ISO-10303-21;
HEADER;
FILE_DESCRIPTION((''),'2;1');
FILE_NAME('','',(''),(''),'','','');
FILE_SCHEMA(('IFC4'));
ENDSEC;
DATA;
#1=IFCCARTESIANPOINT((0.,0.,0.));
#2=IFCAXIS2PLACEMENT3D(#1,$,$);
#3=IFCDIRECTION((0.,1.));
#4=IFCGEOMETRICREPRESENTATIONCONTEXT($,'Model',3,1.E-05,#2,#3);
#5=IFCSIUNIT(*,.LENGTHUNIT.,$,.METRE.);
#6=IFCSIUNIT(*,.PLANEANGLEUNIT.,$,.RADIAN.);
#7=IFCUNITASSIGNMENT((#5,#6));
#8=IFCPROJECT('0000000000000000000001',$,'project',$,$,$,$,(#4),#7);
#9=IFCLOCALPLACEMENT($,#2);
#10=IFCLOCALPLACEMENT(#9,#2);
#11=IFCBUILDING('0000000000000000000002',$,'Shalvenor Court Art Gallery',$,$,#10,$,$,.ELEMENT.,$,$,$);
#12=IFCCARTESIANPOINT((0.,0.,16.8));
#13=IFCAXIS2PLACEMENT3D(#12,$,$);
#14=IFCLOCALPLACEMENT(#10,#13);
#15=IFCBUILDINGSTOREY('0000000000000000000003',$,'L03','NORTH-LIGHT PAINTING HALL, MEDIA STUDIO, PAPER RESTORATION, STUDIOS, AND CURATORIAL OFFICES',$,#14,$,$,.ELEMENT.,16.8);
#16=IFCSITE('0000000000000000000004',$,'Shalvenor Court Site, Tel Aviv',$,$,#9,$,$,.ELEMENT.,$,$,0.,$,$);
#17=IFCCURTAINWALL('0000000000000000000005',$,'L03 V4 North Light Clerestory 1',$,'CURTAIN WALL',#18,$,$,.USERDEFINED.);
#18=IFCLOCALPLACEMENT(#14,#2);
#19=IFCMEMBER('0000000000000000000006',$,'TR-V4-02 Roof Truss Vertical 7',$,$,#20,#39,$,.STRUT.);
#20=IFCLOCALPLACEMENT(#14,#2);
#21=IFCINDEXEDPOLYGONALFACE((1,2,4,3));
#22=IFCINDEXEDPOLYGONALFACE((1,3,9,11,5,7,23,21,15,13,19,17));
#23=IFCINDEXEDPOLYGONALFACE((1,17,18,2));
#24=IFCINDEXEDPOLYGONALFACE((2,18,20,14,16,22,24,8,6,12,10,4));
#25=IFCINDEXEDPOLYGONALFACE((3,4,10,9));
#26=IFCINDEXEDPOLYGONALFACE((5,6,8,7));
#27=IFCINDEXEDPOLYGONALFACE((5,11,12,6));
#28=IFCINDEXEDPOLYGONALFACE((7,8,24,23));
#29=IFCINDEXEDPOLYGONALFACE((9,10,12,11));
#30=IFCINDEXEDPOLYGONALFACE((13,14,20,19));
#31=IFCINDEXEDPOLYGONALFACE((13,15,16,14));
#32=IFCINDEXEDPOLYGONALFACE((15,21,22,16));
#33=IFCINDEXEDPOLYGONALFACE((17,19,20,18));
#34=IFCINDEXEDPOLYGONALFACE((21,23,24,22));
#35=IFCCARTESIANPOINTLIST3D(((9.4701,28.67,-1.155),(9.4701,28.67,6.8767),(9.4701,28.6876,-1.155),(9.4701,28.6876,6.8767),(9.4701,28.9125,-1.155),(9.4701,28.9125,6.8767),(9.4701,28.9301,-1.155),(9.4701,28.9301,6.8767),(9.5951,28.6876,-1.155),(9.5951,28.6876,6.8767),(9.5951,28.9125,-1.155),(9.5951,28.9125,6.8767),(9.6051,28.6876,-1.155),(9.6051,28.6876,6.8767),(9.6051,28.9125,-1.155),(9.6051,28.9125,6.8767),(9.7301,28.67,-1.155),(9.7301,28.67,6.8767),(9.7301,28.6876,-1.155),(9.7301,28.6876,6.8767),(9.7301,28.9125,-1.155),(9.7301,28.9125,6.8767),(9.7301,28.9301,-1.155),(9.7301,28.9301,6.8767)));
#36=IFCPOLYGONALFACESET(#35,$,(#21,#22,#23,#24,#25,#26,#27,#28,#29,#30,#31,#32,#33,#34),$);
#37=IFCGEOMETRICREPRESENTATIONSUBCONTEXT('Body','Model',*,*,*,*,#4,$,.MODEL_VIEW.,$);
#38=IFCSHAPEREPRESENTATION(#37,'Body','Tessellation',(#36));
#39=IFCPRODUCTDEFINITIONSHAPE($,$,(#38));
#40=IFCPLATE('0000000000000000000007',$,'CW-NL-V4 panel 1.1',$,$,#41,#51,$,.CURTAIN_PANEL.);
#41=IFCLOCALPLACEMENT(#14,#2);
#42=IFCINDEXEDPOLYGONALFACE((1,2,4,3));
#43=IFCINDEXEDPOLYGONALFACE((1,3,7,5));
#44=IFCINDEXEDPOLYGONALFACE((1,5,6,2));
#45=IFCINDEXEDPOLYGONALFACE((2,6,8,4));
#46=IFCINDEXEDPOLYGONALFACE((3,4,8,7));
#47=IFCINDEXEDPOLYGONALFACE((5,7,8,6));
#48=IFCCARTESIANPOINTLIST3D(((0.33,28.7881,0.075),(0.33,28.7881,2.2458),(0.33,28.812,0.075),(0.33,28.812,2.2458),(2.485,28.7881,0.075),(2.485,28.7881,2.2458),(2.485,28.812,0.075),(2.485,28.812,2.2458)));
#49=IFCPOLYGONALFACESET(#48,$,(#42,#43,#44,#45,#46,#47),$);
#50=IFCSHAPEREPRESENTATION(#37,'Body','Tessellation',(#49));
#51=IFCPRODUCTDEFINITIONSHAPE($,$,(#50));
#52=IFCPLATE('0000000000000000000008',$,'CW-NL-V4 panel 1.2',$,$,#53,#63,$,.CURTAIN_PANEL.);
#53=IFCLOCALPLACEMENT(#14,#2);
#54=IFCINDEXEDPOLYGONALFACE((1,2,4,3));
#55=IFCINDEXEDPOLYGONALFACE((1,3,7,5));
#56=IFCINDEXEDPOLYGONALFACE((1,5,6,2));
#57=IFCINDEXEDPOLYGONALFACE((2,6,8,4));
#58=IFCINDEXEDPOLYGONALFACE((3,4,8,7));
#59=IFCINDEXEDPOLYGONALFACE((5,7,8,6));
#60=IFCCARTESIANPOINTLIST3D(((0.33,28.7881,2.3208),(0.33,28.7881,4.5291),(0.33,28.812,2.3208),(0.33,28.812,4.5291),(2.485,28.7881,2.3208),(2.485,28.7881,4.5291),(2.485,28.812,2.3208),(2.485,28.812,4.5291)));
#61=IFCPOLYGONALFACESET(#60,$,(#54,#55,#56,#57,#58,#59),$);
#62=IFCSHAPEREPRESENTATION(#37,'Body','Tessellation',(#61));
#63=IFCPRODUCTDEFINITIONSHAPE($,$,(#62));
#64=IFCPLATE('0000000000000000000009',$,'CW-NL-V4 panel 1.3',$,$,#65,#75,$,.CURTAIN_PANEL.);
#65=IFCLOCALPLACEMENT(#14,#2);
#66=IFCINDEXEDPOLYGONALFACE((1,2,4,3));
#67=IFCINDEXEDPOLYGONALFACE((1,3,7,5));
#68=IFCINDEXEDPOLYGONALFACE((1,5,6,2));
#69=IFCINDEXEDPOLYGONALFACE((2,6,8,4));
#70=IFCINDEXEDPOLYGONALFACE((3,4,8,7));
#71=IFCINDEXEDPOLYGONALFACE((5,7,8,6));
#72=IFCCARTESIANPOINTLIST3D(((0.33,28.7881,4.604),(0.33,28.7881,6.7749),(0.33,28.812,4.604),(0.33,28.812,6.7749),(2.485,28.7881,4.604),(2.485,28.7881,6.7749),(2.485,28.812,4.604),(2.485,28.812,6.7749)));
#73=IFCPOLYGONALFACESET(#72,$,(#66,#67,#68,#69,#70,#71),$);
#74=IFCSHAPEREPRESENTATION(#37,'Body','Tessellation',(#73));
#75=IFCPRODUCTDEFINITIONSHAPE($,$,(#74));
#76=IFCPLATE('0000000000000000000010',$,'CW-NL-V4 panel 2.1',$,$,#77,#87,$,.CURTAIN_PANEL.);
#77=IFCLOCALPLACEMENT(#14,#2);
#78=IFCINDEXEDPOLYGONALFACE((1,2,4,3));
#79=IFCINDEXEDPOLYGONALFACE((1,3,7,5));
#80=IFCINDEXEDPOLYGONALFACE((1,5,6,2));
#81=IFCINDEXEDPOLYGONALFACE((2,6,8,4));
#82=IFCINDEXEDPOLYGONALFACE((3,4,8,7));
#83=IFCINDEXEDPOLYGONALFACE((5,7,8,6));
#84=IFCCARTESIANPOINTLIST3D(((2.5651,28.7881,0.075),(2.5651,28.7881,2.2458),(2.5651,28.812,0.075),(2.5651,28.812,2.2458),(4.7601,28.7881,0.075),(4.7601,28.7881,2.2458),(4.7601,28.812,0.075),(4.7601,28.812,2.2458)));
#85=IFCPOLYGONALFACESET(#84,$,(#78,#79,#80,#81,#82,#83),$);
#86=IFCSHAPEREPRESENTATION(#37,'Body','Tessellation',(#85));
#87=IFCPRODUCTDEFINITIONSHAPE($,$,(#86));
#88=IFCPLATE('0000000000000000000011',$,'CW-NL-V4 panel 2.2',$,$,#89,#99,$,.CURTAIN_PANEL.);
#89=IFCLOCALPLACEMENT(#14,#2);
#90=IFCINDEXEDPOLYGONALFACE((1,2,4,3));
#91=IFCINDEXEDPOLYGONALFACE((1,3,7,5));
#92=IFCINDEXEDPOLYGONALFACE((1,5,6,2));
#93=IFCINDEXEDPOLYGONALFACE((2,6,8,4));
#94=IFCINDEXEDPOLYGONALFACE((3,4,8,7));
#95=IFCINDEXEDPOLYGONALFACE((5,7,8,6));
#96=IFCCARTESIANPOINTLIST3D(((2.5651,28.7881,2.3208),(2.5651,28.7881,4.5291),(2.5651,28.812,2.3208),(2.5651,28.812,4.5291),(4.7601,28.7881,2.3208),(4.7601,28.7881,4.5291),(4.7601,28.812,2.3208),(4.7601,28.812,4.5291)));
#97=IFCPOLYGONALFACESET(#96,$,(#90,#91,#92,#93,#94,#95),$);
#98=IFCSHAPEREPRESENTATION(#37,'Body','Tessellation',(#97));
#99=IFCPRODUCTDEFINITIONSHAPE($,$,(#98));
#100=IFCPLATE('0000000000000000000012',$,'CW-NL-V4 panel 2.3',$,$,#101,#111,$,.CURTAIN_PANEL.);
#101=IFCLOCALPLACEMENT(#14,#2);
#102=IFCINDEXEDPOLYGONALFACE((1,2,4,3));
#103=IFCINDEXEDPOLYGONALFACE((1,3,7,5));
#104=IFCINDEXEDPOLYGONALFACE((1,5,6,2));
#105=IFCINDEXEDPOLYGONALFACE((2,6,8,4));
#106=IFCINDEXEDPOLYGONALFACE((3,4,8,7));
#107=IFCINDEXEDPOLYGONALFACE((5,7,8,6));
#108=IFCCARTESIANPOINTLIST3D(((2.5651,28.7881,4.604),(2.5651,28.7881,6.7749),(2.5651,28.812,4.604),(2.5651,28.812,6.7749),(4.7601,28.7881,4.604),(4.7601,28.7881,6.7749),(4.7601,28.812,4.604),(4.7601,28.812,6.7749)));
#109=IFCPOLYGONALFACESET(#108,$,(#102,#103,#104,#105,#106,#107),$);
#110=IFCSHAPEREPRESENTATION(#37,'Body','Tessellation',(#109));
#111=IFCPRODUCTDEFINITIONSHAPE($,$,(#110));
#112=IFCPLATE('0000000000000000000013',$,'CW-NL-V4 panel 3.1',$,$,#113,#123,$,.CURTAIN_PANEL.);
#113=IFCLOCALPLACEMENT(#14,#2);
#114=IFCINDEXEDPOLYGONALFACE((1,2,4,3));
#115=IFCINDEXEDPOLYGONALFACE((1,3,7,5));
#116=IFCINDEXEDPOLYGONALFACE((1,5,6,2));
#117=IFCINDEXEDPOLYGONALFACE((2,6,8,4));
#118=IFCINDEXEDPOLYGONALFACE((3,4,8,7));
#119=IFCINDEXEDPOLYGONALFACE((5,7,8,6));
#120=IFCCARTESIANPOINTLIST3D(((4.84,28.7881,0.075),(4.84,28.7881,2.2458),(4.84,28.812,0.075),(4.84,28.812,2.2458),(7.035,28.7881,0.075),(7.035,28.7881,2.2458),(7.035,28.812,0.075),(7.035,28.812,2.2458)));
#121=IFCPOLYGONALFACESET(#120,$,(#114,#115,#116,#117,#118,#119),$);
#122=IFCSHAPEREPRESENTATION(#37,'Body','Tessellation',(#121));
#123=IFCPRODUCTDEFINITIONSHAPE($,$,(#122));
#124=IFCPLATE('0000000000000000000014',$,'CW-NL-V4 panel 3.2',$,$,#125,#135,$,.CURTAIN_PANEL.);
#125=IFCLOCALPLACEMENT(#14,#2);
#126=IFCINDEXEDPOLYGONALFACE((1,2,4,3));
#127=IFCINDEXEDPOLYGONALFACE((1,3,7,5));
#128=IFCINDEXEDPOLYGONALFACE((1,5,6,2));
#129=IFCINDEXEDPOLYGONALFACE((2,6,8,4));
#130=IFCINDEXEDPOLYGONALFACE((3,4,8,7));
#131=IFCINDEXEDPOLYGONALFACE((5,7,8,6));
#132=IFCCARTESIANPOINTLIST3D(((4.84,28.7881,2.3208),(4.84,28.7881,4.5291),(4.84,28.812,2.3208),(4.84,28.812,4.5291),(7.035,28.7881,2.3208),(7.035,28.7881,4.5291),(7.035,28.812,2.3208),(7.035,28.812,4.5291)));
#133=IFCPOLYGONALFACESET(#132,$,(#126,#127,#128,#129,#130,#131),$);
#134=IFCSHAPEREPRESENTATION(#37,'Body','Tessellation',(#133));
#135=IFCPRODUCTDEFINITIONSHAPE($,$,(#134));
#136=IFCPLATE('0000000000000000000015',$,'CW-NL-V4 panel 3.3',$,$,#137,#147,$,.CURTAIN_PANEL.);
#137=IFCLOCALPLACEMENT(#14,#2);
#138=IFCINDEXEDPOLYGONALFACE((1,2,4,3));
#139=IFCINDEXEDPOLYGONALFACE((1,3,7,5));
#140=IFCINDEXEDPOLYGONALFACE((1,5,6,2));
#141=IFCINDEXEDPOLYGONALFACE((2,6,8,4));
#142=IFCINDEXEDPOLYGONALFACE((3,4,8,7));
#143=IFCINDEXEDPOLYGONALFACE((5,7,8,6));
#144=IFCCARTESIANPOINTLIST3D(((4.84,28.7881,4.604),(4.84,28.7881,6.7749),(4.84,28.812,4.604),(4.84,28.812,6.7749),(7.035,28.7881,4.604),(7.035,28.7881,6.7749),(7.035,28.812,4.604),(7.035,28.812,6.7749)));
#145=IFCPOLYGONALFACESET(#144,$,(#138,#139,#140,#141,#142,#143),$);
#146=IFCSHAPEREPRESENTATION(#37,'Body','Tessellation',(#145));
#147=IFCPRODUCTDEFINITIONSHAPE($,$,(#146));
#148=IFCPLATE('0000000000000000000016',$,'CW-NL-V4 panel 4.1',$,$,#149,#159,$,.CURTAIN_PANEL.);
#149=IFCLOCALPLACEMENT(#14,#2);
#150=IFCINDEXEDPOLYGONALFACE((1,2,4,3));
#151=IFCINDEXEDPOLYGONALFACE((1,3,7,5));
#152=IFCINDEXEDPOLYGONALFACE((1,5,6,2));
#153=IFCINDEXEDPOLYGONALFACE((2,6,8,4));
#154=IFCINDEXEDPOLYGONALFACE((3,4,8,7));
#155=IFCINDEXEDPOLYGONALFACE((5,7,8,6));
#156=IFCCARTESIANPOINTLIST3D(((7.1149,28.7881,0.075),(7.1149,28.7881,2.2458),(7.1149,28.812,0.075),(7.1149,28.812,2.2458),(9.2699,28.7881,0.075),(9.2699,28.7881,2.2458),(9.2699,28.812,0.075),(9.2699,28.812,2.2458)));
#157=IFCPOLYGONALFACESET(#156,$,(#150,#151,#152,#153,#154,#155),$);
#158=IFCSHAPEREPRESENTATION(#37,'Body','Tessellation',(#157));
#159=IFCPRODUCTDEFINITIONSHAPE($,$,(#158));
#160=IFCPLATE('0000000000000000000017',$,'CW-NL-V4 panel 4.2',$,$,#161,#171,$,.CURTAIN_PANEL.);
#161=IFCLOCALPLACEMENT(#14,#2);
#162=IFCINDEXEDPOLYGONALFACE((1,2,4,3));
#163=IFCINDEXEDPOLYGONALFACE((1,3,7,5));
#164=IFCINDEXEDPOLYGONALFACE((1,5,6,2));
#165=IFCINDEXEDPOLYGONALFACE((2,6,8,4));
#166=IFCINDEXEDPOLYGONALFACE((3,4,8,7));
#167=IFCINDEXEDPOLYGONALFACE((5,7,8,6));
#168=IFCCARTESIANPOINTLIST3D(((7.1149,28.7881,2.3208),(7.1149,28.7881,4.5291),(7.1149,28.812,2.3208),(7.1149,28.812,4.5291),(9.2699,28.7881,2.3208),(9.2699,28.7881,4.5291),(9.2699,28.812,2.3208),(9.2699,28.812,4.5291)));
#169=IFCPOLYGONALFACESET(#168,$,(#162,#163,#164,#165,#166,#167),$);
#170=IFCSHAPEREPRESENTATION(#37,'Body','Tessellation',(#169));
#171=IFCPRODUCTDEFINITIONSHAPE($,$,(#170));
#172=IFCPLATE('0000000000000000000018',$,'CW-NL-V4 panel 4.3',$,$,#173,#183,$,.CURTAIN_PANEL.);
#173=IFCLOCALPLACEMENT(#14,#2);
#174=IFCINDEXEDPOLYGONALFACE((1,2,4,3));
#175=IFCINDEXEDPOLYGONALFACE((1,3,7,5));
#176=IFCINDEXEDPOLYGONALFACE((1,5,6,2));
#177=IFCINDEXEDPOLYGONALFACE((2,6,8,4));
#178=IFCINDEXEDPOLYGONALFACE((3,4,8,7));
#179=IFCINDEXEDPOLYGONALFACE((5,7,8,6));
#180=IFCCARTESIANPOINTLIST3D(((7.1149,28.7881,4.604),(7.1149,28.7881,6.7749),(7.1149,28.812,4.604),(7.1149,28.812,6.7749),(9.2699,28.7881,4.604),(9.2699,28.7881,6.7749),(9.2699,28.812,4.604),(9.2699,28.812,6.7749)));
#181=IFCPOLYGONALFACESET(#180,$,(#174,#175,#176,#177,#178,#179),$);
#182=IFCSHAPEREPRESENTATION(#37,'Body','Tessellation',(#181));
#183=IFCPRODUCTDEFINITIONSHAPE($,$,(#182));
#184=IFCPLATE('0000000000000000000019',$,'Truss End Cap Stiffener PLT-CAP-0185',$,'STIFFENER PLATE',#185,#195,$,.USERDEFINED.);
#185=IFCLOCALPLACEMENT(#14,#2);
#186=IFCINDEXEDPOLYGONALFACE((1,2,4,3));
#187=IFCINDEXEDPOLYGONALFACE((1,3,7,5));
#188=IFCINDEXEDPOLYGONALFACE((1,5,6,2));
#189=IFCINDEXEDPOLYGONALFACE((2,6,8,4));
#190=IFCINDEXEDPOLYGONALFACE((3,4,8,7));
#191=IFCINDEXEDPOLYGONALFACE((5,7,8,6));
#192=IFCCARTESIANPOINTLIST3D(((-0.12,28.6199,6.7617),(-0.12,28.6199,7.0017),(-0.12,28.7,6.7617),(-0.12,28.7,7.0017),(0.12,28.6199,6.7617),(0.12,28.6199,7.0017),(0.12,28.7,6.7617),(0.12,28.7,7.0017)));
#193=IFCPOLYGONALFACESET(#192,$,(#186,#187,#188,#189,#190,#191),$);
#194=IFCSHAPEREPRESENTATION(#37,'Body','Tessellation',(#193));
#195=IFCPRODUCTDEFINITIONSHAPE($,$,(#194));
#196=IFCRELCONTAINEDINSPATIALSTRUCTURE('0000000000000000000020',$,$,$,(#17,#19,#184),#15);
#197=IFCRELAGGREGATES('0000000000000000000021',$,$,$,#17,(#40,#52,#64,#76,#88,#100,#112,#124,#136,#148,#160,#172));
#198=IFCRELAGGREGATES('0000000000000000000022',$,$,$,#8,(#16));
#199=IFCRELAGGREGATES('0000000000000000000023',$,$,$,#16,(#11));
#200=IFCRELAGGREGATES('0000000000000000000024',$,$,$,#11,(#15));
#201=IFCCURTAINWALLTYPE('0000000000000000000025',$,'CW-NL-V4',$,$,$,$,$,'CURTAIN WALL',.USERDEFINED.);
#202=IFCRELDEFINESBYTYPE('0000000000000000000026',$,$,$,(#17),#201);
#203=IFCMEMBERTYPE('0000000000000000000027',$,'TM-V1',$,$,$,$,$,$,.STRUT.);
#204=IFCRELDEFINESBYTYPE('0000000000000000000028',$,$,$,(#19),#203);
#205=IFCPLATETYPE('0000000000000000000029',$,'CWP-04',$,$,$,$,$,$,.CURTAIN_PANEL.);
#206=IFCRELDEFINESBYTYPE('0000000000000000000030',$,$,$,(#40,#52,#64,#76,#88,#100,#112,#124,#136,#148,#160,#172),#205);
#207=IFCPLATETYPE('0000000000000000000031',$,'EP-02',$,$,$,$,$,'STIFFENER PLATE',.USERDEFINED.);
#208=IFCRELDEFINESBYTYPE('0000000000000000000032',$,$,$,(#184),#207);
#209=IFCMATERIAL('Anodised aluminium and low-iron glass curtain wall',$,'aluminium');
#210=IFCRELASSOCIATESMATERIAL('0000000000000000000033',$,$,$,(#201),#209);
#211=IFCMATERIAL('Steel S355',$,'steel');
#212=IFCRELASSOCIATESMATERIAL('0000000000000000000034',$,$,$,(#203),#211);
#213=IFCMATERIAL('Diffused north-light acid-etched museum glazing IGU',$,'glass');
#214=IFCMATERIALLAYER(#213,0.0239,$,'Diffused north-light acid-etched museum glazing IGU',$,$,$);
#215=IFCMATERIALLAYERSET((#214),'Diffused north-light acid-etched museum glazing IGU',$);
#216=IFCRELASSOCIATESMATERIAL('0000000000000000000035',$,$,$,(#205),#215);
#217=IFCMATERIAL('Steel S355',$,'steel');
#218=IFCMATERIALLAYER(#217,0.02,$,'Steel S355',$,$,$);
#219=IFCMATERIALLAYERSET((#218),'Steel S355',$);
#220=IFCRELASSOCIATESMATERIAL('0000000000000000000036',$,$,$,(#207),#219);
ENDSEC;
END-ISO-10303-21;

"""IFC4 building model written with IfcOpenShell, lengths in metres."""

from ifc_helpers import new_model, si_unit, direction, frame, origin, origin_2d, place, context, subcontext, project, spatial, rectangle, i_section, extrude, material, layer, layer_set, material_profile, profile_set, type_object, element, aggregate, save


model = new_model("IFC4")

# Units and contexts
model_context = context("Model", 3, precision=1e-05, world=origin(), true_north=direction((0.0, 1.0)))
body_context = subcontext(model_context, "Body", "Model", "MODEL_VIEW")
ifc_project = project(units=[si_unit("LENGTHUNIT", "METRE"), si_unit("PLANEANGLEUNIT", "RADIAN")], contexts=[model_context])

# Site, building, storey
site_placement = place(None, origin())
site = spatial("IfcSite", under=ifc_project, at=site_placement, Name="Shalvenor Court Site, Tel Aviv", CompositionType="ELEMENT", RefElevation=0.0)
building_placement = place(site_placement, origin())
building = spatial("IfcBuilding", under=site, at=building_placement, Name="Shalvenor Court Art Gallery", CompositionType="ELEMENT")
storey_placement = place(building_placement, frame((0.0, 0.0, 16.8)))
storey = spatial("IfcBuildingStorey", under=building, at=storey_placement, Name="L03", Description="NORTH-LIGHT PAINTING HALL, MEDIA STUDIO, PAPER RESTORATION, STUDIOS, AND CURATORIAL OFFICES", CompositionType="ELEMENT", Elevation=16.8)

# Curtain wall
ifc_material_1 = material(Name="Anodised aluminium and low-iron glass curtain wall", Category="aluminium")
curtain_wall_type = type_object("IfcCurtainWallType", Name="CW-NL-V4", ElementType="CURTAIN WALL", PredefinedType="USERDEFINED", material=ifc_material_1)
curtain_wall_placement = place(storey_placement, origin())
curtain_wall = element("IfcCurtainWall", 1, at=curtain_wall_placement, inside=storey, type_object=curtain_wall_type, Name="L03 V4 North Light Clerestory 1", ObjectType="CURTAIN WALL", PredefinedType="USERDEFINED")

# Member
ifc_material_2 = material(Name="Steel S355", Category="steel")
ifc_material_profile_1 = material_profile(ifc_material_2, i_section(OverallWidth=0.26, OverallDepth=0.26, WebThickness=0.01, FlangeThickness=0.0176, at=origin_2d()), Name="HEB 260")
ifc_profile_set_1 = profile_set([ifc_material_profile_1], Name="Steel S355")
member_type_1 = type_object("IfcMemberType", Name="TM-V1", PredefinedType="STRUT", material=ifc_profile_set_1)
for number, where, z_axis, x_axis, name in (
    (2, (9.6001, 28.8, -1.155), (0.0, 0.0, 1.0), (1.0, 0.0, 0.0), "TR-V4-02 Roof Truss Vertical 7"),
):
    element("IfcMember", number, at=place(storey_placement, frame(where, z_axis=z_axis, x_axis=x_axis)), inside=storey, type_object=member_type_1, Name=name, PredefinedType="STRUT", context=body_context, shape_type="SweptSolid", body=[
        extrude(i_section(OverallWidth=0.26, OverallDepth=0.26, WebThickness=0.01, FlangeThickness=0.0176, at=origin_2d()), origin(), (0.0, 0.0, 1.0), 8.0317),
    ])

# Plates
ifc_material_3 = material(Name="Diffused north-light acid-etched museum glazing IGU", Category="glass")
ifc_layer_1 = layer(ifc_material_3, 0.0239, Name="Diffused north-light acid-etched museum glazing IGU")
ifc_layer_set_1 = layer_set([ifc_layer_1], Name="Diffused north-light acid-etched museum glazing IGU")
plate_type_1 = type_object("IfcPlateType", Name="CWP-04", PredefinedType="CURTAIN_PANEL", material=ifc_layer_set_1)
plate_1_placement = place(storey_placement, frame((1.4075, 28.8, 0.075), z_axis=(0.0, 0.0, 1.0), x_axis=(1.0, 0.0, 0.0)))
plate_1 = element("IfcPlate", 3, at=plate_1_placement, type_object=plate_type_1, Name="CW-NL-V4 panel 1.1", PredefinedType="CURTAIN_PANEL", context=body_context, shape_type="SweptSolid", body=[
    extrude(rectangle(XDim=2.155, YDim=0.0239, at=origin_2d()), origin(), (0.0, 0.0, 1.0), 2.1709),
])
plate_2_placement = place(storey_placement, frame((1.4075, 28.8, 2.3208), z_axis=(0.0, 0.0, 1.0), x_axis=(1.0, 0.0, 0.0)))
plate_2 = element("IfcPlate", 4, at=plate_2_placement, type_object=plate_type_1, Name="CW-NL-V4 panel 1.2", PredefinedType="CURTAIN_PANEL", context=body_context, shape_type="SweptSolid", body=[
    extrude(rectangle(XDim=2.155, YDim=0.0239, at=origin_2d()), origin(), (0.0, 0.0, 1.0), 2.2083),
])
plate_3_placement = place(storey_placement, frame((1.4075, 28.8, 4.604), z_axis=(0.0, 0.0, 1.0), x_axis=(1.0, 0.0, 0.0)))
plate_3 = element("IfcPlate", 5, at=plate_3_placement, type_object=plate_type_1, Name="CW-NL-V4 panel 1.3", PredefinedType="CURTAIN_PANEL", context=body_context, shape_type="SweptSolid", body=[
    extrude(rectangle(XDim=2.155, YDim=0.0239, at=origin_2d()), origin(), (0.0, 0.0, 1.0), 2.1709),
])
plate_4_placement = place(storey_placement, frame((3.6626, 28.8, 0.075), z_axis=(0.0, 0.0, 1.0), x_axis=(1.0, 0.0, 0.0)))
plate_4 = element("IfcPlate", 6, at=plate_4_placement, type_object=plate_type_1, Name="CW-NL-V4 panel 2.1", PredefinedType="CURTAIN_PANEL", context=body_context, shape_type="SweptSolid", body=[
    extrude(rectangle(XDim=2.1951, YDim=0.0239, at=origin_2d()), origin(), (0.0, 0.0, 1.0), 2.1709),
])
plate_5_placement = place(storey_placement, frame((3.6626, 28.8, 2.3208), z_axis=(0.0, 0.0, 1.0), x_axis=(1.0, 0.0, 0.0)))
plate_5 = element("IfcPlate", 7, at=plate_5_placement, type_object=plate_type_1, Name="CW-NL-V4 panel 2.2", PredefinedType="CURTAIN_PANEL", context=body_context, shape_type="SweptSolid", body=[
    extrude(rectangle(XDim=2.1951, YDim=0.0239, at=origin_2d()), origin(), (0.0, 0.0, 1.0), 2.2083),
])
plate_6_placement = place(storey_placement, frame((3.6626, 28.8, 4.604), z_axis=(0.0, 0.0, 1.0), x_axis=(1.0, 0.0, 0.0)))
plate_6 = element("IfcPlate", 8, at=plate_6_placement, type_object=plate_type_1, Name="CW-NL-V4 panel 2.3", PredefinedType="CURTAIN_PANEL", context=body_context, shape_type="SweptSolid", body=[
    extrude(rectangle(XDim=2.1951, YDim=0.0239, at=origin_2d()), origin(), (0.0, 0.0, 1.0), 2.1709),
])
plate_7_placement = place(storey_placement, frame((5.9375, 28.8, 0.075), z_axis=(0.0, 0.0, 1.0), x_axis=(1.0, 0.0, 0.0)))
plate_7 = element("IfcPlate", 9, at=plate_7_placement, type_object=plate_type_1, Name="CW-NL-V4 panel 3.1", PredefinedType="CURTAIN_PANEL", context=body_context, shape_type="SweptSolid", body=[
    extrude(rectangle(XDim=2.1951, YDim=0.0239, at=origin_2d()), origin(), (0.0, 0.0, 1.0), 2.1709),
])
plate_8_placement = place(storey_placement, frame((5.9375, 28.8, 2.3208), z_axis=(0.0, 0.0, 1.0), x_axis=(1.0, 0.0, 0.0)))
plate_8 = element("IfcPlate", 10, at=plate_8_placement, type_object=plate_type_1, Name="CW-NL-V4 panel 3.2", PredefinedType="CURTAIN_PANEL", context=body_context, shape_type="SweptSolid", body=[
    extrude(rectangle(XDim=2.1951, YDim=0.0239, at=origin_2d()), origin(), (0.0, 0.0, 1.0), 2.2083),
])
plate_9_placement = place(storey_placement, frame((5.9375, 28.8, 4.604), z_axis=(0.0, 0.0, 1.0), x_axis=(1.0, 0.0, 0.0)))
plate_9 = element("IfcPlate", 11, at=plate_9_placement, type_object=plate_type_1, Name="CW-NL-V4 panel 3.3", PredefinedType="CURTAIN_PANEL", context=body_context, shape_type="SweptSolid", body=[
    extrude(rectangle(XDim=2.1951, YDim=0.0239, at=origin_2d()), origin(), (0.0, 0.0, 1.0), 2.1709),
])
plate_10_placement = place(storey_placement, frame((8.1924, 28.8, 0.075), z_axis=(0.0, 0.0, 1.0), x_axis=(1.0, 0.0, 0.0)))
plate_10 = element("IfcPlate", 12, at=plate_10_placement, type_object=plate_type_1, Name="CW-NL-V4 panel 4.1", PredefinedType="CURTAIN_PANEL", context=body_context, shape_type="SweptSolid", body=[
    extrude(rectangle(XDim=2.155, YDim=0.0239, at=origin_2d()), origin(), (0.0, 0.0, 1.0), 2.1709),
])
plate_11_placement = place(storey_placement, frame((8.1924, 28.8, 2.3208), z_axis=(0.0, 0.0, 1.0), x_axis=(1.0, 0.0, 0.0)))
plate_11 = element("IfcPlate", 13, at=plate_11_placement, type_object=plate_type_1, Name="CW-NL-V4 panel 4.2", PredefinedType="CURTAIN_PANEL", context=body_context, shape_type="SweptSolid", body=[
    extrude(rectangle(XDim=2.155, YDim=0.0239, at=origin_2d()), origin(), (0.0, 0.0, 1.0), 2.2083),
])
plate_12_placement = place(storey_placement, frame((8.1924, 28.8, 4.604), z_axis=(0.0, 0.0, 1.0), x_axis=(1.0, 0.0, 0.0)))
plate_12 = element("IfcPlate", 14, at=plate_12_placement, type_object=plate_type_1, Name="CW-NL-V4 panel 4.3", PredefinedType="CURTAIN_PANEL", context=body_context, shape_type="SweptSolid", body=[
    extrude(rectangle(XDim=2.155, YDim=0.0239, at=origin_2d()), origin(), (0.0, 0.0, 1.0), 2.1709),
])
aggregate(curtain_wall, [plate_1, plate_2, plate_3, plate_4, plate_5, plate_6, plate_7, plate_8, plate_9, plate_10, plate_11, plate_12])

# Plate
ifc_material_4 = material(Name="Steel S355", Category="steel")
ifc_layer_2 = layer(ifc_material_4, 0.02, Name="Steel S355")
ifc_layer_set_2 = layer_set([ifc_layer_2], Name="Steel S355")
plate_type_2 = type_object("IfcPlateType", Name="EP-02", ElementType="STIFFENER PLATE", PredefinedType="USERDEFINED", material=ifc_layer_set_2)
for number, where, z_axis, x_axis, name in (
    (15, (0.0, 28.6599, 6.7617), (0.0, 0.0, 1.0), (1.0, 0.0, 0.0), "Truss End Cap Stiffener PLT-CAP-0185"),
):
    element("IfcPlate", number, at=place(storey_placement, frame(where, z_axis=z_axis, x_axis=x_axis)), inside=storey, type_object=plate_type_2, Name=name, ObjectType="STIFFENER PLATE", PredefinedType="USERDEFINED", context=body_context, shape_type="SweptSolid", body=[
        extrude(rectangle(XDim=0.24, YDim=0.0801, at=origin_2d()), origin(), (0.0, 0.0, 1.0), 0.24),
    ])

save(model, "model.ifc")
